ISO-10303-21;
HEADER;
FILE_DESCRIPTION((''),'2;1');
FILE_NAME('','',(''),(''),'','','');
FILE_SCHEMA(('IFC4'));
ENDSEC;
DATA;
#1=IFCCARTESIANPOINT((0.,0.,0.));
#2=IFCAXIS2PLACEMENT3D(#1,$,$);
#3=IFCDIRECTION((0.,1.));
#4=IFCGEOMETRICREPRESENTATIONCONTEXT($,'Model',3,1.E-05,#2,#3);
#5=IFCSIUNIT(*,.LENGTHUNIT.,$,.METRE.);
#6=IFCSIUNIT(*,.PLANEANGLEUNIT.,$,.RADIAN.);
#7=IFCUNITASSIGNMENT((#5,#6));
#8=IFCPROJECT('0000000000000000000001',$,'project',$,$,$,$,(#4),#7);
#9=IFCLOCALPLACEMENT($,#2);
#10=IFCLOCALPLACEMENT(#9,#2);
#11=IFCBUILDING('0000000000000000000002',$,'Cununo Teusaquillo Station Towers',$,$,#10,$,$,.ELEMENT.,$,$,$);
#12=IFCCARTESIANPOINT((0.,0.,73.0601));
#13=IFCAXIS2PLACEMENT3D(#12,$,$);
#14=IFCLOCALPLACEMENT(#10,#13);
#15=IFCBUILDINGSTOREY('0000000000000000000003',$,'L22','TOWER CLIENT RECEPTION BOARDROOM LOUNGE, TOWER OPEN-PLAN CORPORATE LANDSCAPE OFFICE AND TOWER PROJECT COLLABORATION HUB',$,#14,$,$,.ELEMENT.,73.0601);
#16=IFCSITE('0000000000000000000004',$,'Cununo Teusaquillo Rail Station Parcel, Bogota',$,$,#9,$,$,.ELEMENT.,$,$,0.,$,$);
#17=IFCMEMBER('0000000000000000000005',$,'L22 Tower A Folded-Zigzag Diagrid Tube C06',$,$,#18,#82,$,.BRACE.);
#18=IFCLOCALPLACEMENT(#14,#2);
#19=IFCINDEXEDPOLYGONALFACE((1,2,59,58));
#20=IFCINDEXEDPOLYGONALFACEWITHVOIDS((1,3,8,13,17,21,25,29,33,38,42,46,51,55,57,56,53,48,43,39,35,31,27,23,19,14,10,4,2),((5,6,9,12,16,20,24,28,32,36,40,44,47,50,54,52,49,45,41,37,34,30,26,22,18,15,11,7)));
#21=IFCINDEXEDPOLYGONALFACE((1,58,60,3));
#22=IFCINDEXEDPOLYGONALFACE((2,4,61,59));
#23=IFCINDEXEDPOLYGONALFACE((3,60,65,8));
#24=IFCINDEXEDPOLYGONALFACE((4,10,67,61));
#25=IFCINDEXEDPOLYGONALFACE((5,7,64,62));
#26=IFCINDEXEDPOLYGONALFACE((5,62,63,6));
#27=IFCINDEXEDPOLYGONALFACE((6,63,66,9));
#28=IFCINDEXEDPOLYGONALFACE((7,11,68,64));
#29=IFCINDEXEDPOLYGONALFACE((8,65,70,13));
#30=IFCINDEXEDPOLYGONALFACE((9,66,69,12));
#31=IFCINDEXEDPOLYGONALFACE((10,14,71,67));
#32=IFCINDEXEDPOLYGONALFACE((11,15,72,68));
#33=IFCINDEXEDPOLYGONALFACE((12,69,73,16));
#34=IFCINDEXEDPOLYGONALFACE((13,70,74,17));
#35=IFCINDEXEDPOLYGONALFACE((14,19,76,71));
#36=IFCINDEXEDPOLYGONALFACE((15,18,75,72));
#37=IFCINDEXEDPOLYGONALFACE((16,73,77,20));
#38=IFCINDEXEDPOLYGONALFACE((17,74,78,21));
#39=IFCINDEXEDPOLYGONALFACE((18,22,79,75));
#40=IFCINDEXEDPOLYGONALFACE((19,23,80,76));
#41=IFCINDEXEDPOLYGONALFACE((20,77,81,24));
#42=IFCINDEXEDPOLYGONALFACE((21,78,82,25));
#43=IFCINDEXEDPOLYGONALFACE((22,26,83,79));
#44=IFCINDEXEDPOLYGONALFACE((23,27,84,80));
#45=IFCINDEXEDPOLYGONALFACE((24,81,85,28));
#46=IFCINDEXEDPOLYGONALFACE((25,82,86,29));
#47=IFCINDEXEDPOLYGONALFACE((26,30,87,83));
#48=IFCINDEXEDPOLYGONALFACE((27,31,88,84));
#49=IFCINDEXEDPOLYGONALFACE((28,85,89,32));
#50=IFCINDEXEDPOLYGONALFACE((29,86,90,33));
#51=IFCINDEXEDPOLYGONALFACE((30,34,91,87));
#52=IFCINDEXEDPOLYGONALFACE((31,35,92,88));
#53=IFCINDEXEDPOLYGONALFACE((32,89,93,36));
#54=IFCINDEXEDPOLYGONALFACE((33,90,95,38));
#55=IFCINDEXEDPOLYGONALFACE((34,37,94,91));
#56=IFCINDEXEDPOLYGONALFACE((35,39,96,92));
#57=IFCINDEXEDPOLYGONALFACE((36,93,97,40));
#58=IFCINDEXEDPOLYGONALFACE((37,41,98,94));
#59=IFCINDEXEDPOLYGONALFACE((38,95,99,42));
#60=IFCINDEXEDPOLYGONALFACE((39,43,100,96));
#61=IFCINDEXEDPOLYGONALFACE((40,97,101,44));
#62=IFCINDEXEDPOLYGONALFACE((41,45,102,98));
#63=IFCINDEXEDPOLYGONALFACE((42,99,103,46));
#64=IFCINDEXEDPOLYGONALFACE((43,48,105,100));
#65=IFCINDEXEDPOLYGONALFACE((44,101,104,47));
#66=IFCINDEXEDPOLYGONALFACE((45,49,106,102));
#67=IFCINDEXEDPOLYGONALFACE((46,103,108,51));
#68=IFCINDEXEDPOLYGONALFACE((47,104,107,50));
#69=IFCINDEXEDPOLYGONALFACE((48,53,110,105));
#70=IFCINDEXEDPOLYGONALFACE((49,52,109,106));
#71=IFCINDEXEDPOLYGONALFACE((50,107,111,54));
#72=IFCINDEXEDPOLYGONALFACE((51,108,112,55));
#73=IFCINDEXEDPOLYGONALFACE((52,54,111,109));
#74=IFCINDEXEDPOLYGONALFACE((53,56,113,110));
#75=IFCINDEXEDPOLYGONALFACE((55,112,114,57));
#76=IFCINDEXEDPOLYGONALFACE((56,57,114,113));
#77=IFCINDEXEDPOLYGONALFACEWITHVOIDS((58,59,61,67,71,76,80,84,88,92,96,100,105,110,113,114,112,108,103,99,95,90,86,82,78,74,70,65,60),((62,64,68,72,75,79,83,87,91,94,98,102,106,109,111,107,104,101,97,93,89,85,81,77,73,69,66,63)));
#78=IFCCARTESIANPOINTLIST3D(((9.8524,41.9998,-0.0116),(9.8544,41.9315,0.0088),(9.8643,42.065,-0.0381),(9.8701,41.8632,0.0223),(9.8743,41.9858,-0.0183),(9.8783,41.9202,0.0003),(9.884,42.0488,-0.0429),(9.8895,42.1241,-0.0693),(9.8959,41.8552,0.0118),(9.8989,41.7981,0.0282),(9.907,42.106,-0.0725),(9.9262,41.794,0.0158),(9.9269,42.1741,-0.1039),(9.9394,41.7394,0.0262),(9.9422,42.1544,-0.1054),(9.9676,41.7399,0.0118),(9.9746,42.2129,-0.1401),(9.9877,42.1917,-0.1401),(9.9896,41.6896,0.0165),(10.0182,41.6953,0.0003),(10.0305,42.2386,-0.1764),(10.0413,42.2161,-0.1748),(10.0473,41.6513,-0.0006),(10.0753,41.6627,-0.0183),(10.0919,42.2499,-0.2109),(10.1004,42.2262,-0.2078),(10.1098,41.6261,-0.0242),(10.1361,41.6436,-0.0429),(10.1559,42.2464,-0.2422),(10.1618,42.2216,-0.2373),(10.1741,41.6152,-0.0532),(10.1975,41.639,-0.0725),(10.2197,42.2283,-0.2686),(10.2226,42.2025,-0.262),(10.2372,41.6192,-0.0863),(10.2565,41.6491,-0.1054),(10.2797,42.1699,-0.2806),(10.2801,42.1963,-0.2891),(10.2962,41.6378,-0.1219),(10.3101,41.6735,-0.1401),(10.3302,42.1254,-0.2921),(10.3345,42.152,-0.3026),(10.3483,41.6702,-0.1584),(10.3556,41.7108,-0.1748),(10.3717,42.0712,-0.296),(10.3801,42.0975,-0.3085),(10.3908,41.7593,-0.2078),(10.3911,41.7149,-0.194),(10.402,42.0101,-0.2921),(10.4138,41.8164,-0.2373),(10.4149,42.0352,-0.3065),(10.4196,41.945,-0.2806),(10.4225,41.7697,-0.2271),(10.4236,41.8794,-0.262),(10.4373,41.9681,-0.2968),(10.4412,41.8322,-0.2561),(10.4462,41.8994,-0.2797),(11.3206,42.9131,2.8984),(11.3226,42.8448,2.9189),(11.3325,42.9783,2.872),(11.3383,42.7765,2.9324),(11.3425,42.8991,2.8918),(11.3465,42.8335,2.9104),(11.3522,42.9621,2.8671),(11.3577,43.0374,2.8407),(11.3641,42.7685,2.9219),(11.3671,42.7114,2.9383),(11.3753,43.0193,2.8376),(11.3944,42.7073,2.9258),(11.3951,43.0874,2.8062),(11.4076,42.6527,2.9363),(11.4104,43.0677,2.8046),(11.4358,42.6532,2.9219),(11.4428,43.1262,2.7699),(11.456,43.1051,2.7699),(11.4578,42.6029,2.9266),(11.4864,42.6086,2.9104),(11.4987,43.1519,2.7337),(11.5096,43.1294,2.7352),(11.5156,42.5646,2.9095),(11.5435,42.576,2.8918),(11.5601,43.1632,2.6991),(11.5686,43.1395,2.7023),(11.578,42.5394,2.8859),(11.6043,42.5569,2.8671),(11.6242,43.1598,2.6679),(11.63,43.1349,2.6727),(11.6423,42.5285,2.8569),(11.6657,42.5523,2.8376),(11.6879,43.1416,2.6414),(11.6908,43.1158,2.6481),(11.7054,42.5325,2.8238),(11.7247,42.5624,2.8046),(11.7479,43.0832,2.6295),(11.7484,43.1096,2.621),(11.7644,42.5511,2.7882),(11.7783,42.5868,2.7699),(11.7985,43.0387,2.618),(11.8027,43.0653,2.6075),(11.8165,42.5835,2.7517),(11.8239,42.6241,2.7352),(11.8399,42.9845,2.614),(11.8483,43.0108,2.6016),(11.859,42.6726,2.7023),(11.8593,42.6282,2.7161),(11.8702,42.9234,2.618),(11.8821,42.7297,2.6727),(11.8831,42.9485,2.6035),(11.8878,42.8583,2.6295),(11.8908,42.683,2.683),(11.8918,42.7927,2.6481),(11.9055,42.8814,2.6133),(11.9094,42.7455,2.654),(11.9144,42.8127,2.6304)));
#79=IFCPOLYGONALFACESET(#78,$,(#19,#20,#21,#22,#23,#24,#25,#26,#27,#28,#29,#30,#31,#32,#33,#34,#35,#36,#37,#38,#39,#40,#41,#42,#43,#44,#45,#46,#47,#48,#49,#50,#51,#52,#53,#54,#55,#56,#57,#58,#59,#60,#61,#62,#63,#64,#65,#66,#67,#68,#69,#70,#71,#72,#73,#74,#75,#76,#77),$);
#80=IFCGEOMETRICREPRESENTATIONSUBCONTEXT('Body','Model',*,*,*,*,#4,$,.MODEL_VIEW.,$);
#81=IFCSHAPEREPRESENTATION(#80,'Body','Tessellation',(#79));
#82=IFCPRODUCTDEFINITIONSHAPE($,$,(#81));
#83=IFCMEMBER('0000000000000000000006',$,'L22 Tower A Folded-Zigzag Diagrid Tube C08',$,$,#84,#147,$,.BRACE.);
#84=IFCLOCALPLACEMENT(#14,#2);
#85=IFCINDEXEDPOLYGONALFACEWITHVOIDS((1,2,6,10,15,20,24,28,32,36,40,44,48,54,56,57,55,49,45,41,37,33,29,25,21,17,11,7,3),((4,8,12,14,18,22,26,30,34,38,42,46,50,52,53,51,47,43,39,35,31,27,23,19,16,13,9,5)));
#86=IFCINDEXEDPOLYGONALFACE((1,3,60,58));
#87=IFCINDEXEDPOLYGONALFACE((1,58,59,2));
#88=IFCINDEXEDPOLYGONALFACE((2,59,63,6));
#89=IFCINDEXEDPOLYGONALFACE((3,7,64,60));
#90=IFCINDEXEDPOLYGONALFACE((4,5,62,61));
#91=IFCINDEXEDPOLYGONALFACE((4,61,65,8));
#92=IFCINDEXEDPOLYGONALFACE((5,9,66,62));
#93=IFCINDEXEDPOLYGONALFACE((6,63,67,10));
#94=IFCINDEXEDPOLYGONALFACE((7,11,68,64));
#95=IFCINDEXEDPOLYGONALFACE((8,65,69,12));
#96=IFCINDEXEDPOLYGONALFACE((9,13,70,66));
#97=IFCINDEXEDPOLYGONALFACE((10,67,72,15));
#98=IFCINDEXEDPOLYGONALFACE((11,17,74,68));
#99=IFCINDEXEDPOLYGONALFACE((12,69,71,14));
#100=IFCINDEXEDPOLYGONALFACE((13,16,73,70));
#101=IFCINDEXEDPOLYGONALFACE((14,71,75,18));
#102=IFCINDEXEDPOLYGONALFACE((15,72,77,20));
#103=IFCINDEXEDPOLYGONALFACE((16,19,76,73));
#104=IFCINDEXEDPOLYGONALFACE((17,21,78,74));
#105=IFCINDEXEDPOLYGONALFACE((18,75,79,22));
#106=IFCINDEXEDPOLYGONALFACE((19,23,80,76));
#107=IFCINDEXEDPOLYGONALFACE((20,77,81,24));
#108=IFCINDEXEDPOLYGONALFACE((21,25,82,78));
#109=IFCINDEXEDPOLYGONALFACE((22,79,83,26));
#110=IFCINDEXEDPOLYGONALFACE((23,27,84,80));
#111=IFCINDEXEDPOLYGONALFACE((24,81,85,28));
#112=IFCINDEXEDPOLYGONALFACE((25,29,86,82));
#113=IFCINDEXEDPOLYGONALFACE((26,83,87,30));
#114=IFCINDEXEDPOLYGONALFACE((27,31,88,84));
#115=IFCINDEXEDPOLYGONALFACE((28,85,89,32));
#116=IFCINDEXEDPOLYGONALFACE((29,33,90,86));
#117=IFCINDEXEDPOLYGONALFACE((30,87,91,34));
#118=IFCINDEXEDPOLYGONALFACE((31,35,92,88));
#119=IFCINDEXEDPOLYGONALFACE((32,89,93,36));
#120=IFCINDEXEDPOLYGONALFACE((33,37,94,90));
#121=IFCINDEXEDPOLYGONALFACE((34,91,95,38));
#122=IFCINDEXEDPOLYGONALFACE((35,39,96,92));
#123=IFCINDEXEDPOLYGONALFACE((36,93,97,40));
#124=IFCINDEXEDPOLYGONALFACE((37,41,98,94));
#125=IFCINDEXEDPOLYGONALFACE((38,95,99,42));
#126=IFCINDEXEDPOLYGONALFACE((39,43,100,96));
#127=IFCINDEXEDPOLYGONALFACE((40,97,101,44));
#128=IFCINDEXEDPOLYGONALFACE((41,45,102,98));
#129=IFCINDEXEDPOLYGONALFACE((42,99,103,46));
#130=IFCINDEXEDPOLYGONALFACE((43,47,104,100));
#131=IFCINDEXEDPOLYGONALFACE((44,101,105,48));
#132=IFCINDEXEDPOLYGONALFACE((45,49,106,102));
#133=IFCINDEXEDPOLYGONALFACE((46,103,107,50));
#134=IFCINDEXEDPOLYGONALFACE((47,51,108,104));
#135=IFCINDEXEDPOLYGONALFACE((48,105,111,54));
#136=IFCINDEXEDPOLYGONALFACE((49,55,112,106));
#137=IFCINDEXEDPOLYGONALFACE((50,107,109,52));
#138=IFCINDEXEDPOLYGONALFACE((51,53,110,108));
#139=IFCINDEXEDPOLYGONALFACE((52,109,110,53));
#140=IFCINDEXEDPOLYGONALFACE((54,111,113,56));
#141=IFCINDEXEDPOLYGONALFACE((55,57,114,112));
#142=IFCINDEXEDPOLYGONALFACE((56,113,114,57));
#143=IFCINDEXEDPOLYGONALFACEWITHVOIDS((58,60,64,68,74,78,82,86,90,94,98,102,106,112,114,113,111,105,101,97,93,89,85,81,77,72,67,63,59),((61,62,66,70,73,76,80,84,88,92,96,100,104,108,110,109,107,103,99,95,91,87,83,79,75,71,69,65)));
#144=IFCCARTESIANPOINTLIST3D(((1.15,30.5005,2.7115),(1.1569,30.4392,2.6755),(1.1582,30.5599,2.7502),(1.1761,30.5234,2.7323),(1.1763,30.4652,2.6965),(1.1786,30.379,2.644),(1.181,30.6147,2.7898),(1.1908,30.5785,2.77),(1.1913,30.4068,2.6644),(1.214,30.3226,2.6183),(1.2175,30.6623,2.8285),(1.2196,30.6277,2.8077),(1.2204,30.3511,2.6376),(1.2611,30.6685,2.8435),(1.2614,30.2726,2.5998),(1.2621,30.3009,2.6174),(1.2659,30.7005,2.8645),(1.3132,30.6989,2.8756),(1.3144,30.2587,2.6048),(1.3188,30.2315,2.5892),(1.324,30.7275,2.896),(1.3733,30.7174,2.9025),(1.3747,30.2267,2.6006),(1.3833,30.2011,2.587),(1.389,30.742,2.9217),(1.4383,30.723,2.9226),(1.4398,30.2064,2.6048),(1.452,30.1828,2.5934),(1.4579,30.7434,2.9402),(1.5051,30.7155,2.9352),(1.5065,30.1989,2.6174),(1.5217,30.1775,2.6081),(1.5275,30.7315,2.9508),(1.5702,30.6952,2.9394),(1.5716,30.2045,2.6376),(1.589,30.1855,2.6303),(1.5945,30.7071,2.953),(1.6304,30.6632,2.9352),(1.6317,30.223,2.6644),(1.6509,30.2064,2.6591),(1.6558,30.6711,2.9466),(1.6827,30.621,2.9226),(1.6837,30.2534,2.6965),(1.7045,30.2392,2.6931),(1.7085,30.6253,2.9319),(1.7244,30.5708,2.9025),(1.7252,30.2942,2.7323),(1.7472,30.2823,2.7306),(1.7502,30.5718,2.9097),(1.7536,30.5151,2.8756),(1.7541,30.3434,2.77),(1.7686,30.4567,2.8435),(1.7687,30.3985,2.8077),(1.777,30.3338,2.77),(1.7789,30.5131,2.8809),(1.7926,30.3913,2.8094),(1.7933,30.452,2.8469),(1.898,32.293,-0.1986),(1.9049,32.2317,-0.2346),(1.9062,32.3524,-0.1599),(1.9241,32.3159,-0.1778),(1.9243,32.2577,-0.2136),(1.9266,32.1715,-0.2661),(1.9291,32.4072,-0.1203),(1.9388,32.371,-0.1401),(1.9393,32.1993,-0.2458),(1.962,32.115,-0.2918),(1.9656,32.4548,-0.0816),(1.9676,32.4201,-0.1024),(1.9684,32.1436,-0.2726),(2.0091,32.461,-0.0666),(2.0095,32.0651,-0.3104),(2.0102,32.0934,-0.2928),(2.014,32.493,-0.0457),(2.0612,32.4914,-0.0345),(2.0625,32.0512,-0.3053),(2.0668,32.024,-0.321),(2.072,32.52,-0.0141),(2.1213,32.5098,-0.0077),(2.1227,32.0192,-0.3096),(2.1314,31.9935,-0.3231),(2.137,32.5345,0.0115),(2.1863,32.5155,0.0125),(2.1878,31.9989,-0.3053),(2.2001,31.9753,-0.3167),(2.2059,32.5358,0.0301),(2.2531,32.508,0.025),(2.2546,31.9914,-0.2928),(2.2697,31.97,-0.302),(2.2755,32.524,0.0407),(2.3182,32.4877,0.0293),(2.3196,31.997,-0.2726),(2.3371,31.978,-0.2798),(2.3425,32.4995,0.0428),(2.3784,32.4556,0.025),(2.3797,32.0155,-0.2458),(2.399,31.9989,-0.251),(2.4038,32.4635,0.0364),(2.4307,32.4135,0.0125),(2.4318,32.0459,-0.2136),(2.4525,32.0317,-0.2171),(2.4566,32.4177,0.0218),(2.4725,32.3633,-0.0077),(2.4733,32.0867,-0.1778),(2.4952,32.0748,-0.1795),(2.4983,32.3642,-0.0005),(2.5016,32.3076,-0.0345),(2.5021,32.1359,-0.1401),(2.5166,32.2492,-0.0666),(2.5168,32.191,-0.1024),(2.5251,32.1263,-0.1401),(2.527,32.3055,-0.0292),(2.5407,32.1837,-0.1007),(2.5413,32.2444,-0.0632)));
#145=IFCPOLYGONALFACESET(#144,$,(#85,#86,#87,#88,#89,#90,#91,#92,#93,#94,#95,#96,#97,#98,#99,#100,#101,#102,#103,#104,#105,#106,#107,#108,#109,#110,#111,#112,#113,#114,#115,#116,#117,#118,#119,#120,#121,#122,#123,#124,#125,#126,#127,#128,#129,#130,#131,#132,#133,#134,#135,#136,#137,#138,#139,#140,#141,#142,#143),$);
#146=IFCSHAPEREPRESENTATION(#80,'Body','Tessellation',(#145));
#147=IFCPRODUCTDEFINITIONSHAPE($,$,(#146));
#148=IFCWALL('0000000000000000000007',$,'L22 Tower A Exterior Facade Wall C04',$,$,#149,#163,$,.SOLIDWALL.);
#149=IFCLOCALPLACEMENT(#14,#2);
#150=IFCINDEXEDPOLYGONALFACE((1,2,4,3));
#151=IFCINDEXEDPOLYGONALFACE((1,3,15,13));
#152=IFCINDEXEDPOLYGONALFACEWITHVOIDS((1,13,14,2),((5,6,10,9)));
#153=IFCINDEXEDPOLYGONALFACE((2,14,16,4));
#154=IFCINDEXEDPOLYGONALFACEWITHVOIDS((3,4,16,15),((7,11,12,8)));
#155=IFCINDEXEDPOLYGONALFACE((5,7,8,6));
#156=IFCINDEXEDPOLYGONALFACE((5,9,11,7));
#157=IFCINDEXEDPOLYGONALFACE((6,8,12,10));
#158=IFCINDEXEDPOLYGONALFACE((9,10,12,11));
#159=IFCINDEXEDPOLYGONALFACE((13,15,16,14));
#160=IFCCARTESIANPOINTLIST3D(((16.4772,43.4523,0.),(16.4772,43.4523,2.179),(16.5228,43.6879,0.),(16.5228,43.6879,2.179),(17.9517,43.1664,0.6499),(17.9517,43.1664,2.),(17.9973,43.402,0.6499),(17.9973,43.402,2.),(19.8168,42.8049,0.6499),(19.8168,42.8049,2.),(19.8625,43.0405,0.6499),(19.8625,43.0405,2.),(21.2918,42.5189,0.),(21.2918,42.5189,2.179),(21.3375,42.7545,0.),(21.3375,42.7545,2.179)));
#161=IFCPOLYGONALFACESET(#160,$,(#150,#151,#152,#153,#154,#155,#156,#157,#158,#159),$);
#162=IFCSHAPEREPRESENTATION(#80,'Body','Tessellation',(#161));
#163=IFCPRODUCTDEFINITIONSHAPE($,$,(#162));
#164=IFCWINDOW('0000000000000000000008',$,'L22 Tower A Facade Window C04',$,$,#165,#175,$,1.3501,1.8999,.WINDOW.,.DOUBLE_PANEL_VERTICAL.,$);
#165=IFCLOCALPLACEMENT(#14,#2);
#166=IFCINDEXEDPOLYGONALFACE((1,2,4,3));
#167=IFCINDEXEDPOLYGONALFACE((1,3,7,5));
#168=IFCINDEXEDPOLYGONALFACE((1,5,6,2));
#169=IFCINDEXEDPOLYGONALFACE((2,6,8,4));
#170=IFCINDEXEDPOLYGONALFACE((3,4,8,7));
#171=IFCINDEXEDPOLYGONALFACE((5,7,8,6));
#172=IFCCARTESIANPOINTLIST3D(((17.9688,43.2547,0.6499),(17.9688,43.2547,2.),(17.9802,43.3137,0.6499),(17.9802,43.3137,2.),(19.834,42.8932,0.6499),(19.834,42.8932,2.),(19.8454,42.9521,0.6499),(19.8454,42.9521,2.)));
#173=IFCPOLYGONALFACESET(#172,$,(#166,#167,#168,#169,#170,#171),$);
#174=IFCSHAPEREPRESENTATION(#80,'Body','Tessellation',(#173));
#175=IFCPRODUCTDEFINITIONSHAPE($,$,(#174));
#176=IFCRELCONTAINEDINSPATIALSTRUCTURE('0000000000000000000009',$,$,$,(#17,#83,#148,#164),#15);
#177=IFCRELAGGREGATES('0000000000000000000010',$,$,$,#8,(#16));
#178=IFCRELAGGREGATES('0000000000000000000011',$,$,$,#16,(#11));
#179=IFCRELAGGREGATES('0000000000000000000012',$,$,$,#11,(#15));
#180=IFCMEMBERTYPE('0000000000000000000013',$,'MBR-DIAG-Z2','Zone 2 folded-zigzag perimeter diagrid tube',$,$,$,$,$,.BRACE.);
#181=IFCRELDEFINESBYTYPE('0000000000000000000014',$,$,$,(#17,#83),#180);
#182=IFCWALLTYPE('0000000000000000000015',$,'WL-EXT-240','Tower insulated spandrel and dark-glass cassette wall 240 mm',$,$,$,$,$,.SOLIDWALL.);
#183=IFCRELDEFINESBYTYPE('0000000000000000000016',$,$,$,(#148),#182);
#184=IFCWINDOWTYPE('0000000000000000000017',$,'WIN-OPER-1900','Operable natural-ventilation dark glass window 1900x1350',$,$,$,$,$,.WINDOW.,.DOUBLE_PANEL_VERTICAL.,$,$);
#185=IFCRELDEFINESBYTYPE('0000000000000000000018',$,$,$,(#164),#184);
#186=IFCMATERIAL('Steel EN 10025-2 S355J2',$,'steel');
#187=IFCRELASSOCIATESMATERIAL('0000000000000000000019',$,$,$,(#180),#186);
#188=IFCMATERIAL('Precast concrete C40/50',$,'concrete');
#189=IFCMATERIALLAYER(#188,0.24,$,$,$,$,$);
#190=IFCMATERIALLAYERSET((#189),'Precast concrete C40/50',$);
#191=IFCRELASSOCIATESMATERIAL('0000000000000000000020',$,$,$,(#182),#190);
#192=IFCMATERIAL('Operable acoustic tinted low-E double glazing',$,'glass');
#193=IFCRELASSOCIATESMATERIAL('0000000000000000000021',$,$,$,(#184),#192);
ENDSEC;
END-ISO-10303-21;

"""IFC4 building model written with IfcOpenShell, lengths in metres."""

from ifc_helpers import new_model, si_unit, direction, frame, frame_2d, origin, origin_2d, place, context, subcontext, project, spatial, rectangle, hollow_circle, extrude, source, transform, mapped, material, layer, layer_set, material_profile, profile_set, type_object, element, fill, save


model = new_model("IFC4")

# Units and contexts
model_context = context("Model", 3, precision=1e-05, world=origin(), true_north=direction((0.0, 1.0)))
body_context = subcontext(model_context, "Body", "Model", "MODEL_VIEW")
ifc_project = project(units=[si_unit("LENGTHUNIT", "METRE"), si_unit("PLANEANGLEUNIT", "RADIAN")], contexts=[model_context])

# Site, building, storey
site_placement = place(None, origin())
site = spatial("IfcSite", under=ifc_project, at=site_placement, Name="Cununo Teusaquillo Rail Station Parcel, Bogota", CompositionType="ELEMENT", RefElevation=0.0)
building_placement = place(site_placement, origin())
building = spatial("IfcBuilding", under=site, at=building_placement, Name="Cununo Teusaquillo Station Towers", CompositionType="ELEMENT")
storey_placement = place(building_placement, frame((0.0, 0.0, 73.0601)))
storey = spatial("IfcBuildingStorey", under=building, at=storey_placement, Name="L22", Description="TOWER CLIENT RECEPTION BOARDROOM LOUNGE, TOWER OPEN-PLAN CORPORATE LANDSCAPE OFFICE AND TOWER PROJECT COLLABORATION HUB", CompositionType="ELEMENT", Elevation=73.0601)

# Members
ifc_material_1 = material(Name="Steel EN 10025-2 S355J2", Category="steel")
ifc_material_profile_1 = material_profile(ifc_material_1, hollow_circle(Radius=0.3301, WallThickness=0.0249, at=origin_2d()), Name="CHS 660x25")
ifc_profile_set_1 = profile_set([ifc_material_profile_1], Name="Steel EN 10025-2 S355J2")
member_type = type_object("IfcMemberType", Name="MBR-DIAG-Z2", Description="Zone 2 folded-zigzag perimeter diagrid tube", PredefinedType="BRACE", material=ifc_profile_set_1)
member_1_placement = place(storey_placement, frame((10.1489, 41.9326, -0.1401), z_axis=(0.433741, 0.269808, 0.859693), x_axis=(-0.528196, 0.849123, 0.0)))
element("IfcMember", 1, at=member_1_placement, inside=storey, type_object=member_type, Name="L22 Tower A Folded-Zigzag Diagrid Tube C06", PredefinedType="BRACE", context=body_context, shape_type="SweptSolid", body=[
    extrude(hollow_circle(Radius=0.3301, WallThickness=0.0249, at=origin_2d()), origin(), (0.0, 0.0, 1.0), 3.385),
])
member_2_placement = place(storey_placement, frame((2.2205, 32.2534, -0.1401), z_axis=(-0.213801, -0.512314, 0.831759), x_axis=(0.922861, -0.385133, 0.0)))
element("IfcMember", 2, at=member_2_placement, inside=storey, type_object=member_type, Name="L22 Tower A Folded-Zigzag Diagrid Tube C08", PredefinedType="BRACE", context=body_context, shape_type="SweptSolid", body=[
    extrude(hollow_circle(Radius=0.3301, WallThickness=0.0249, at=origin_2d()), origin(), (0.0, 0.0, 1.0), 3.4988),
])

# Wall, opening, window
ifc_material_2 = material(Name="Precast concrete C40/50", Category="concrete")
ifc_layer_1 = layer(ifc_material_2, 0.24)
ifc_layer_set_1 = layer_set([ifc_layer_1], Name="Precast concrete C40/50")
wall_type_1 = type_object("IfcWallType", Name="WL-EXT-240", Description="Tower insulated spandrel and dark-glass cassette wall 240 mm", PredefinedType="SOLIDWALL", material=ifc_layer_set_1)
wall_1_placement = place(storey_placement, frame((16.5, 43.5701, 0.0), z_axis=(0.0, 0.0, 1.0), x_axis=(0.981724, -0.190311, 0.0)))
wall_1 = element("IfcWall", 3, at=wall_1_placement, inside=storey, type_object=wall_type_1, Name="L22 Tower A Exterior Facade Wall C04", PredefinedType="SOLIDWALL", context=body_context, shape_type="SweptSolid", body=[
    extrude(rectangle(XDim=4.9043, YDim=0.24, at=frame_2d((2.4521, 0.0))), origin(), (0.0, 0.0, 1.0), 2.179),
])
shared_shape_1 = source(origin(), body_context, "Body", "SweptSolid", [
    extrude(rectangle(XDim=1.8999, YDim=1.3501, at=frame_2d((0.95, 0.675))), frame((0.0, 0.1299, 0.0), z_axis=(0.0, -1.0, 0.0), x_axis=(1.0, 0.0, 0.0)), (0.0, 0.0, 1.0), 0.26),
])
opening_1_placement = place(wall_1_placement, frame((1.502, 0.0, 0.6499)))
opening_1 = element("IfcOpeningElement", 4, at=opening_1_placement, cuts=wall_1, PredefinedType="OPENING", context=body_context, shape_type="MappedRepresentation", body=[
    mapped(shared_shape_1, transform((0.0, 0.0, 0.0), x_axis=(1.0, 0.0, 0.0), y_axis=(0.0, 1.0, 0.0), z_axis=(0.0, 0.0, 1.0), scale=1.0)),
])
ifc_material_3 = material(Name="Operable acoustic tinted low-E double glazing", Category="glass")
window_type_1 = type_object("IfcWindowType", Name="WIN-OPER-1900", Description="Operable natural-ventilation dark glass window 1900x1350", PartitioningType="DOUBLE_PANEL_VERTICAL", PredefinedType="WINDOW", material=ifc_material_3)
shared_shape_2 = source(origin(), body_context, "Body", "SweptSolid", [
    extrude(rectangle(XDim=1.8999, YDim=1.3501, at=frame_2d((0.95, 0.675))), frame((0.0, 0.03, 0.0), z_axis=(0.0, -1.0, 0.0), x_axis=(1.0, 0.0, 0.0)), (0.0, 0.0, 1.0), 0.0601),
])
window_1_placement = place(opening_1_placement, origin())
window_1 = element("IfcWindow", 5, at=window_1_placement, inside=storey, type_object=window_type_1, Name="L22 Tower A Facade Window C04", OverallHeight=1.3501, OverallWidth=1.8999, PartitioningType="DOUBLE_PANEL_VERTICAL", PredefinedType="WINDOW", context=body_context, shape_type="MappedRepresentation", body=[
    mapped(shared_shape_2, transform((0.0, 0.0, 0.0), x_axis=(1.0, 0.0, 0.0), y_axis=(0.0, 1.0, 0.0), z_axis=(0.0, 0.0, 1.0), scale=1.0)),
])
fill(opening_1, window_1)

save(model, "model.ifc")
